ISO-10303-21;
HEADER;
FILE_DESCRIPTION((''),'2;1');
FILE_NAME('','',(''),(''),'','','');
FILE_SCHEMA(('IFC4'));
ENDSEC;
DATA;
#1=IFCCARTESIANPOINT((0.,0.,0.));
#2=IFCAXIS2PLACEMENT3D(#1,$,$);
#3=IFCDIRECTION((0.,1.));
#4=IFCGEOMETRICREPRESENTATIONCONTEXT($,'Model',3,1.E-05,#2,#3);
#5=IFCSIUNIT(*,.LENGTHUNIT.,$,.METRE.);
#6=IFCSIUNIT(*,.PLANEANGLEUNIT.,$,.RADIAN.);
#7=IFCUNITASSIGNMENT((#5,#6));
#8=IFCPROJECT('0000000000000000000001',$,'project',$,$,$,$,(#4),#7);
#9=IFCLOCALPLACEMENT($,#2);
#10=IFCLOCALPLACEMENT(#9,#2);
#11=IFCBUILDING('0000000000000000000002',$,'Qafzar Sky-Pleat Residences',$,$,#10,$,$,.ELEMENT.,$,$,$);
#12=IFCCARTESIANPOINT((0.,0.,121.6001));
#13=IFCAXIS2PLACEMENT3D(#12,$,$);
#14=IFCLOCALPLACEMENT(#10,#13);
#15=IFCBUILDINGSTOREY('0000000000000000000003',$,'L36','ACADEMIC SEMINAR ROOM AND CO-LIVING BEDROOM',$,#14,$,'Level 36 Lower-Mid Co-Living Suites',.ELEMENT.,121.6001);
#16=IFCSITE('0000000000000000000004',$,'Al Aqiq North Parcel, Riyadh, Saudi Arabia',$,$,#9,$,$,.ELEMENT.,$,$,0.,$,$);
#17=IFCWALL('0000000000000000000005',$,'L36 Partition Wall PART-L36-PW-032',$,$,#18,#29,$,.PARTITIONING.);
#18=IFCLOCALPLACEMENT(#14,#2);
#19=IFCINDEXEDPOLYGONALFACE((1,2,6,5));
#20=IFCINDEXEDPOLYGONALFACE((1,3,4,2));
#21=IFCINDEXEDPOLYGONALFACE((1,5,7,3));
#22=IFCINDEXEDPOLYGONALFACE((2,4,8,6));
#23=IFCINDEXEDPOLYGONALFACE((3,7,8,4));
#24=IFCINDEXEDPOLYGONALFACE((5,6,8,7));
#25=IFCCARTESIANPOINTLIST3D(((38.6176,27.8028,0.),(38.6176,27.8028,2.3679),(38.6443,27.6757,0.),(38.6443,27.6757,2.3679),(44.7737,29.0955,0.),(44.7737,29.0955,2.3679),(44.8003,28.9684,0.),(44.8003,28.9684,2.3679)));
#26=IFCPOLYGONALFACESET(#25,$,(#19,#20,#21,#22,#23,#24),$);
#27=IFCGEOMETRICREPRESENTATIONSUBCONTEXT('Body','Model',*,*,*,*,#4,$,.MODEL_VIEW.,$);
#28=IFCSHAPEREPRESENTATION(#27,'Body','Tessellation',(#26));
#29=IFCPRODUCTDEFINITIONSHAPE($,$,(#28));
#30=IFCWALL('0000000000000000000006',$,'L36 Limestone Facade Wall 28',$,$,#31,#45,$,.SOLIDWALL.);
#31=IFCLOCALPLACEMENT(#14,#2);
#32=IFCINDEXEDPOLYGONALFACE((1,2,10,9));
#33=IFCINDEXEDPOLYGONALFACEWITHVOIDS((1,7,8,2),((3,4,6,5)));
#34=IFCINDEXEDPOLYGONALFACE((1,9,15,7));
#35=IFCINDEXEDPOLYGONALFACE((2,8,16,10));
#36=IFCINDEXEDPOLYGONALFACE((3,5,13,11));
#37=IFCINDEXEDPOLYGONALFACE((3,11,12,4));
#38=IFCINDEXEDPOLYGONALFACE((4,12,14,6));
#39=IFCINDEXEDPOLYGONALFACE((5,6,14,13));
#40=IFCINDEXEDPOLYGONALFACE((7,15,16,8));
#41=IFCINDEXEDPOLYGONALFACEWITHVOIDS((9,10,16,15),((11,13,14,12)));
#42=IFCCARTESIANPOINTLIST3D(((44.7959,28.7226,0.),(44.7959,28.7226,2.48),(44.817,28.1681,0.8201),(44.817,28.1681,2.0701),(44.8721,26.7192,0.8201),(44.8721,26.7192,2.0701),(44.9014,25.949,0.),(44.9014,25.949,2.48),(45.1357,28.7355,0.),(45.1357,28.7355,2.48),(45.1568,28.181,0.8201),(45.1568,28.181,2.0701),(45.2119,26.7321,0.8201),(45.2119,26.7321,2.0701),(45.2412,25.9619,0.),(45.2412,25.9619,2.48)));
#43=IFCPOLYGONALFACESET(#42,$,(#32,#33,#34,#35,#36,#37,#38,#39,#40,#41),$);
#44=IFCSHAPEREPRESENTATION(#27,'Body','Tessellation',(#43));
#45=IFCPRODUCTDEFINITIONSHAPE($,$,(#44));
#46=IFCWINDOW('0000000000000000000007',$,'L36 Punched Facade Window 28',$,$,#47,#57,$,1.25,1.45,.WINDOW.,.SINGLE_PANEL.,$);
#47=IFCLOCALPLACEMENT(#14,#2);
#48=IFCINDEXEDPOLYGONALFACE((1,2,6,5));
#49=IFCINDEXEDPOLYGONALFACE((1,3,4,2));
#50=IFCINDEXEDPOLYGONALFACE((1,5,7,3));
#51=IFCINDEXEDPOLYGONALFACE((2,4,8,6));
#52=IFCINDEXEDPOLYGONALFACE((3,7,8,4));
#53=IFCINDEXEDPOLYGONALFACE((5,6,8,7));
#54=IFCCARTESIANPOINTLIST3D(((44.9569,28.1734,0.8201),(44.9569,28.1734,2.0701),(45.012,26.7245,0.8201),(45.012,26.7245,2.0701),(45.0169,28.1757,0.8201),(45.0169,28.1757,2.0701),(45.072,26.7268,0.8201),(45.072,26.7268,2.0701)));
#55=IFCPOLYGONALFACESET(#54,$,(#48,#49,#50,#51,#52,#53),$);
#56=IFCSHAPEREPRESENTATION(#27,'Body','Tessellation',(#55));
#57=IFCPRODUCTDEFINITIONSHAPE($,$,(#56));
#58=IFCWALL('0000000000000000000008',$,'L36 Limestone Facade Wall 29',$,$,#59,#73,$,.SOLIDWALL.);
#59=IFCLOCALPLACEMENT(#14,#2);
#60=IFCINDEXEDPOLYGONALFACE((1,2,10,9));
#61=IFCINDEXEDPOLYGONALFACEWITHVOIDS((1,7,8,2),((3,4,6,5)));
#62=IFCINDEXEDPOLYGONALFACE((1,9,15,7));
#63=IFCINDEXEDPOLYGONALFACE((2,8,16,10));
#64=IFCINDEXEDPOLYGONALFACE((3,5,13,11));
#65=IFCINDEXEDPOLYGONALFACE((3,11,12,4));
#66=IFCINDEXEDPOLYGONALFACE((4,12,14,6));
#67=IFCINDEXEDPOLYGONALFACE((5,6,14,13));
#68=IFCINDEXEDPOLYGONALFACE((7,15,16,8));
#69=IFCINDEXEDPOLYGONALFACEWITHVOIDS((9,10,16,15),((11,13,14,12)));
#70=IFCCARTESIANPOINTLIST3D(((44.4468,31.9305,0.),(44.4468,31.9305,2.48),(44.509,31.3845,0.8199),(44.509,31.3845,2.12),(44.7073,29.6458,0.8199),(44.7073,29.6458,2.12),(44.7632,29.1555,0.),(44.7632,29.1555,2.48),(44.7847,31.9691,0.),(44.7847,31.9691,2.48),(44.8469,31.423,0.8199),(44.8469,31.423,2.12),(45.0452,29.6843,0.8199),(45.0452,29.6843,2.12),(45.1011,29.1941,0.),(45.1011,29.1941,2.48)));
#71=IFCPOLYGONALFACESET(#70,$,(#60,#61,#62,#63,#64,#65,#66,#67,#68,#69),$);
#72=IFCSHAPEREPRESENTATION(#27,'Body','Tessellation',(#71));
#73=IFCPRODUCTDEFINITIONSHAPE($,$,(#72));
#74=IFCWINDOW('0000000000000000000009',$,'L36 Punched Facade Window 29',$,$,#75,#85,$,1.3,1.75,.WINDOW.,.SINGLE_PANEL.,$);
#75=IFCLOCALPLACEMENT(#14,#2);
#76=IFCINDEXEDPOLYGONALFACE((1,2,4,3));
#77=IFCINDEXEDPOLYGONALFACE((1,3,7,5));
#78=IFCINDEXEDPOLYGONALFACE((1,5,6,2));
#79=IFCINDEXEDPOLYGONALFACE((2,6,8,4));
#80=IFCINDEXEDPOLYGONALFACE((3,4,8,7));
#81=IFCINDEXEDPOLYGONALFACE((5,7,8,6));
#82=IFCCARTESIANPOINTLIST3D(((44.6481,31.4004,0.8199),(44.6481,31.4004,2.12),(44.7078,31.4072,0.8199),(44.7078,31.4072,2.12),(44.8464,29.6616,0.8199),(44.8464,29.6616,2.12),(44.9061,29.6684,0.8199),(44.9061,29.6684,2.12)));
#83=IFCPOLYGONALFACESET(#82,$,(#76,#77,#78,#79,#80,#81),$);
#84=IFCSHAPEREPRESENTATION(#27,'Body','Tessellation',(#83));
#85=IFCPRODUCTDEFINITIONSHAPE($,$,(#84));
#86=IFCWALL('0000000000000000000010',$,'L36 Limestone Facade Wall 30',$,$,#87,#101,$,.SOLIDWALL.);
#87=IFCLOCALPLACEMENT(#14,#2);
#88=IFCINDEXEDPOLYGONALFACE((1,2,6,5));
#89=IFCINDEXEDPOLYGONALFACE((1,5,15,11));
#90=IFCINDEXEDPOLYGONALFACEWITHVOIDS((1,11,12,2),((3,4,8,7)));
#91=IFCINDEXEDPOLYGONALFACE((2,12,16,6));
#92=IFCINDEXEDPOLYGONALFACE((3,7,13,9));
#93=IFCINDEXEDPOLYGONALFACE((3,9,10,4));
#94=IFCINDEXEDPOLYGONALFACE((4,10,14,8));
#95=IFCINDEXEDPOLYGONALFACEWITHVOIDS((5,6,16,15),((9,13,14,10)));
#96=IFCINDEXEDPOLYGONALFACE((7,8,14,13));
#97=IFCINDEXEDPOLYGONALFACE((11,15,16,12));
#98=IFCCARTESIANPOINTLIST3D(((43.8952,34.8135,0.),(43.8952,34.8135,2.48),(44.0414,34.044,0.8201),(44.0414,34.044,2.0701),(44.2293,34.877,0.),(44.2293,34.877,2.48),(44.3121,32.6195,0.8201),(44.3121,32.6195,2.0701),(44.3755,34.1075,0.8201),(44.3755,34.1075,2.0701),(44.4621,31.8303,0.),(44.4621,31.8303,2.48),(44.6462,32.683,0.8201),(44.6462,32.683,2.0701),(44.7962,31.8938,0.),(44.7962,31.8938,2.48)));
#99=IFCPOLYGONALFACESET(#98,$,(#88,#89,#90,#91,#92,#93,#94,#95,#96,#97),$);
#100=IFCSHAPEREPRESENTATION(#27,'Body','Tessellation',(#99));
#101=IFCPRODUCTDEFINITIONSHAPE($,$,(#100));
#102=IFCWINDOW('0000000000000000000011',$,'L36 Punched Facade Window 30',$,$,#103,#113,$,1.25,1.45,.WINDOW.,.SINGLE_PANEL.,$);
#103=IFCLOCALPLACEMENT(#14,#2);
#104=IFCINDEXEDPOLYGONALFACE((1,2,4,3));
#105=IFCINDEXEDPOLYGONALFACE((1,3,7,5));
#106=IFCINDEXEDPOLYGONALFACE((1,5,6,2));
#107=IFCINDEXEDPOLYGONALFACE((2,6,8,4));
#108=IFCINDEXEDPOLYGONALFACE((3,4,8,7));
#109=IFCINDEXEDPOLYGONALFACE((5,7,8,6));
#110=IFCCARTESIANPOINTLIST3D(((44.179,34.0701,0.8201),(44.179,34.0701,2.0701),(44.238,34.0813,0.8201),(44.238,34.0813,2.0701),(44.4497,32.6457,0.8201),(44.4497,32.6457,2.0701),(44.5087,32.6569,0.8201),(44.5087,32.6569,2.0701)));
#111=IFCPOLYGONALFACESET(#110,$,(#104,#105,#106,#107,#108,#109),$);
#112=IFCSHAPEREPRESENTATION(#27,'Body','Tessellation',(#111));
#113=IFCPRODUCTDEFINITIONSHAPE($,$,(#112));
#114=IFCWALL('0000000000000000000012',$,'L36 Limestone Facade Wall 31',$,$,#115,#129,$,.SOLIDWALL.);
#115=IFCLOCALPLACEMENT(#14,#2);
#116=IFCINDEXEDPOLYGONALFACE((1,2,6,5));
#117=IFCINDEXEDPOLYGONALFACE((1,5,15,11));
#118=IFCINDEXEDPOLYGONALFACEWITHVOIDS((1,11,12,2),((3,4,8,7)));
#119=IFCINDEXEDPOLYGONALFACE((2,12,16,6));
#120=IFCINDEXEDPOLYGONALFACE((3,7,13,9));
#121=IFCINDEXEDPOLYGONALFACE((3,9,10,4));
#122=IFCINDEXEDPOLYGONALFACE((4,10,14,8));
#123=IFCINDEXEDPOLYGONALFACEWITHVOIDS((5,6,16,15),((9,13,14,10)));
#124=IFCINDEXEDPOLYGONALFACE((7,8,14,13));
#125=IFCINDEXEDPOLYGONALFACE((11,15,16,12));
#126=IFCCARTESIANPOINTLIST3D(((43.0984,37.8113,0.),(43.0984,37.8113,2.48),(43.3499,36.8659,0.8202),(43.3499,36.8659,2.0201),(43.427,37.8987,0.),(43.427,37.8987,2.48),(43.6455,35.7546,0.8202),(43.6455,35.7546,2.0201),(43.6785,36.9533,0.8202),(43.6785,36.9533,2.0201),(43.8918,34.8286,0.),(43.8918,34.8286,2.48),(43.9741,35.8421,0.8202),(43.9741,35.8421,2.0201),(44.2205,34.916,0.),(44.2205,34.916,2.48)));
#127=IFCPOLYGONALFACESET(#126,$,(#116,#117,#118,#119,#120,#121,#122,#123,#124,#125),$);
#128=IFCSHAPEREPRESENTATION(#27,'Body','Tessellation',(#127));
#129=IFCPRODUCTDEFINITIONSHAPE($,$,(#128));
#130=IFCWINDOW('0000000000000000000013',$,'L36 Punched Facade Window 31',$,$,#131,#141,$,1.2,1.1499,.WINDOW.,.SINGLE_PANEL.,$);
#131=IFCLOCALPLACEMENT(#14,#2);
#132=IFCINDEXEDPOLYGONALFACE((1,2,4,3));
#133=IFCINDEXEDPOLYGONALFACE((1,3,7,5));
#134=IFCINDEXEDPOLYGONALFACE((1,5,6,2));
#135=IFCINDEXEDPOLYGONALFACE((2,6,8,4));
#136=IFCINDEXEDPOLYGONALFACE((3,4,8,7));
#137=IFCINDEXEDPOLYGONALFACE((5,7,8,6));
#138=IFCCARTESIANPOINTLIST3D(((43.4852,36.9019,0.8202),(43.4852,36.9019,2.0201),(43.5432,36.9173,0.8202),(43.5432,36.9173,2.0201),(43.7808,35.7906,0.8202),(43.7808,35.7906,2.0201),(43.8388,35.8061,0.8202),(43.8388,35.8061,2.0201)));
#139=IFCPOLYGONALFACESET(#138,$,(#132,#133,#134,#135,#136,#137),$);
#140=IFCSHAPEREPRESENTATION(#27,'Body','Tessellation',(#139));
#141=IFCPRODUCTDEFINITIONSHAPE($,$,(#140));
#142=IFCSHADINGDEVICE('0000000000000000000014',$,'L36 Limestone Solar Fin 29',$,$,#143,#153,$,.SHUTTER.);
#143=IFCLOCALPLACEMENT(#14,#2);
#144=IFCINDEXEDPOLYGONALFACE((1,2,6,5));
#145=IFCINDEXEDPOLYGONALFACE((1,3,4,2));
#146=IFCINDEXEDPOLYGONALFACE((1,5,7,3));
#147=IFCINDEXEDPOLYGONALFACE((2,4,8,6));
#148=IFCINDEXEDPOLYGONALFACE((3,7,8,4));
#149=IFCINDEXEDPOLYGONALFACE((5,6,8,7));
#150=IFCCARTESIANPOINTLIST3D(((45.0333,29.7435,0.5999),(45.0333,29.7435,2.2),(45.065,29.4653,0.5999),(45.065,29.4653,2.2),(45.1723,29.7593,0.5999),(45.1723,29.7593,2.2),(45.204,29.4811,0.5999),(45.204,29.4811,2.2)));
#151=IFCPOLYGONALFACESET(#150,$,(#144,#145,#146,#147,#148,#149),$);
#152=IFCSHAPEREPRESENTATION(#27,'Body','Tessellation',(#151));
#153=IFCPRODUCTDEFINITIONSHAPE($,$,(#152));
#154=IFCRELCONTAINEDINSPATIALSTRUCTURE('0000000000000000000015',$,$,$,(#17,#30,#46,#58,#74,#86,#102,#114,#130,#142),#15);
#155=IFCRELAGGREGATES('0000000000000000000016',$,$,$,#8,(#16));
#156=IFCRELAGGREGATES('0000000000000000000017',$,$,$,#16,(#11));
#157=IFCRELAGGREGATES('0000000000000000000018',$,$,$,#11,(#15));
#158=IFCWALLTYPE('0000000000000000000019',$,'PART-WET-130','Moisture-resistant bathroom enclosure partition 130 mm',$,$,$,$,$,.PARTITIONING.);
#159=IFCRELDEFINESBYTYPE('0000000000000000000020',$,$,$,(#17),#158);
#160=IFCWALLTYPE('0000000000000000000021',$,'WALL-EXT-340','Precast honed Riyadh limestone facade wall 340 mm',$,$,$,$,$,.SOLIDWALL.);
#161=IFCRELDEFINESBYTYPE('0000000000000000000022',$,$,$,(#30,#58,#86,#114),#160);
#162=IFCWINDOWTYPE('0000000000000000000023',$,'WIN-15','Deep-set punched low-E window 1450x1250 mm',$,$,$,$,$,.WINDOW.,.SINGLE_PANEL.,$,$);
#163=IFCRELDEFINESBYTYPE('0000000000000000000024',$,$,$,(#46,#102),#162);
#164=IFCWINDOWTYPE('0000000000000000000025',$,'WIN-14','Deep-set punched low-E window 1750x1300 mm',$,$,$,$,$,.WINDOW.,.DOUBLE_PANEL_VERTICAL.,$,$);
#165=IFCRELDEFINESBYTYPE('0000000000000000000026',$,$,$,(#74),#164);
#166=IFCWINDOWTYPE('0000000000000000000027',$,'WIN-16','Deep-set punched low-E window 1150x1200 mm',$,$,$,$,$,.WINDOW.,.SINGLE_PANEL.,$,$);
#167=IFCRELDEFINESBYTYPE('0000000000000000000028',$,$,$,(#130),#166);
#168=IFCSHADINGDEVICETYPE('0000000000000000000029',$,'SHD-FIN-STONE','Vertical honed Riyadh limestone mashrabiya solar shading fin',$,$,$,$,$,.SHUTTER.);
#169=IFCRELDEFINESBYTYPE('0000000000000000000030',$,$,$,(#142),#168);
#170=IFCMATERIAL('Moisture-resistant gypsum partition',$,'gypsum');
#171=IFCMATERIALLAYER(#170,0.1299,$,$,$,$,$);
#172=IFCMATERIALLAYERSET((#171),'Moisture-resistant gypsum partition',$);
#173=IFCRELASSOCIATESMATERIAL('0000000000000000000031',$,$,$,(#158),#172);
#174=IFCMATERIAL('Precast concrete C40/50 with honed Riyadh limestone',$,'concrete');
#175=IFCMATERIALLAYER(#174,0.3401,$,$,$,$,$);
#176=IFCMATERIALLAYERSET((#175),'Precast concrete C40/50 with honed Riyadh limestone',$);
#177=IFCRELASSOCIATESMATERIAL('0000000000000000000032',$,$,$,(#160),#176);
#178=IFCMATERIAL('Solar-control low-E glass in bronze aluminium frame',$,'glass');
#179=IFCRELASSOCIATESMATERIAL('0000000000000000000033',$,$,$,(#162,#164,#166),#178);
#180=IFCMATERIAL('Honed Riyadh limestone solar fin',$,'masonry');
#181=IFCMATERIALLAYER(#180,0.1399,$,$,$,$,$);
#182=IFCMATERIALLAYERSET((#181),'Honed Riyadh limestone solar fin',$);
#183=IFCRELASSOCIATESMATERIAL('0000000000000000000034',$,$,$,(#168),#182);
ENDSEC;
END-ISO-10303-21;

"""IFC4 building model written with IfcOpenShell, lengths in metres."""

from ifc_helpers import new_model, si_unit, direction, frame, frame_2d, origin, origin_2d, place, context, subcontext, project, spatial, rectangle, extrude, source, transform, mapped, material, layer, layer_set, type_object, element, fill, save


model = new_model("IFC4")

# Units and contexts
model_context = context("Model", 3, precision=1e-05, world=origin(), true_north=direction((0.0, 1.0)))
body_context = subcontext(model_context, "Body", "Model", "MODEL_VIEW")
ifc_project = project(units=[si_unit("LENGTHUNIT", "METRE"), si_unit("PLANEANGLEUNIT", "RADIAN")], contexts=[model_context])

# Site, building, storey
site_placement = place(None, origin())
site = spatial("IfcSite", under=ifc_project, at=site_placement, Name="Al Aqiq North Parcel, Riyadh, Saudi Arabia", CompositionType="ELEMENT", RefElevation=0.0)
building_placement = place(site_placement, origin())
building = spatial("IfcBuilding", under=site, at=building_placement, Name="Qafzar Sky-Pleat Residences", CompositionType="ELEMENT")
storey_placement = place(building_placement, frame((0.0, 0.0, 121.6001)))
storey = spatial("IfcBuildingStorey", under=building, at=storey_placement, Name="L36", Description="ACADEMIC SEMINAR ROOM AND CO-LIVING BEDROOM", LongName="Level 36 Lower-Mid Co-Living Suites", CompositionType="ELEMENT", Elevation=121.6001)

# Wall
ifc_material_1 = material(Name="Moisture-resistant gypsum partition", Category="gypsum")
ifc_layer_1 = layer(ifc_material_1, 0.1299)
ifc_layer_set_1 = layer_set([ifc_layer_1], Name="Moisture-resistant gypsum partition")
wall_type_1 = type_object("IfcWallType", Name="PART-WET-130", Description="Moisture-resistant bathroom enclosure partition 130 mm", PredefinedType="PARTITIONING", material=ifc_layer_set_1)
wall_1_placement = place(storey_placement, frame((38.6311, 27.7393, 0.0), z_axis=(0.0, 0.0, 1.0), x_axis=(0.978655, 0.205512, 0.0)))
element("IfcWall", 1, at=wall_1_placement, inside=storey, type_object=wall_type_1, Name="L36 Partition Wall PART-L36-PW-032", PredefinedType="PARTITIONING", context=body_context, shape_type="SweptSolid", body=[
    extrude(rectangle(XDim=6.2903, YDim=0.1299, at=frame_2d((3.145, 0.0))), origin(), (0.0, 0.0, 1.0), 2.3679),
])

# Walls, openings, windows
ifc_material_2 = material(Name="Precast concrete C40/50 with honed Riyadh limestone", Category="concrete")
ifc_layer_2 = layer(ifc_material_2, 0.3401)
ifc_layer_set_2 = layer_set([ifc_layer_2], Name="Precast concrete C40/50 with honed Riyadh limestone")
wall_type_2 = type_object("IfcWallType", Name="WALL-EXT-340", Description="Precast honed Riyadh limestone facade wall 340 mm", PredefinedType="SOLIDWALL", material=ifc_layer_set_2)
wall_2_placement = place(storey_placement, frame((45.0713, 25.9556, 0.0), z_axis=(0.0, 0.0, 1.0), x_axis=(-0.037997, 0.999278, 0.0)))
wall_2 = element("IfcWall", 2, at=wall_2_placement, inside=storey, type_object=wall_type_2, Name="L36 Limestone Facade Wall 28", PredefinedType="SOLIDWALL", context=body_context, shape_type="SweptSolid", body=[
    extrude(rectangle(XDim=2.7756, YDim=0.3401, at=frame_2d((1.3877, 0.0))), origin(), (0.0, 0.0, 1.0), 2.48),
])
opening_1_placement = place(wall_2_placement, frame((0.7705, 0.0, 0.8201)))
opening_1 = element("IfcOpeningElement", 3, at=opening_1_placement, cuts=wall_2, PredefinedType="OPENING", context=body_context, shape_type="SweptSolid", body=[
    extrude(rectangle(XDim=1.45, YDim=1.25, at=frame_2d((0.7251, 0.625))), frame((0.0, 0.1802, 0.0), z_axis=(0.0, -1.0, 0.0), x_axis=(1.0, 0.0, 0.0)), (0.0, 0.0, 1.0), 0.3601),
])
ifc_material_3 = material(Name="Solar-control low-E glass in bronze aluminium frame", Category="glass")
window_type_1 = type_object("IfcWindowType", Name="WIN-15", Description="Deep-set punched low-E window 1450x1250 mm", PartitioningType="SINGLE_PANEL", PredefinedType="WINDOW", material=ifc_material_3)
shared_shape_1 = source(origin(), body_context, "Body", "SweptSolid", [
    extrude(rectangle(XDim=1.45, YDim=1.25, at=frame_2d((0.7251, 0.625))), frame((0.0, 0.03, 0.0), z_axis=(0.0, -1.0, 0.0), x_axis=(1.0, 0.0, 0.0)), (0.0, 0.0, 1.0), 0.0601),
])
window_1_placement = place(opening_1_placement, origin())
window_1 = element("IfcWindow", 4, at=window_1_placement, inside=storey, type_object=window_type_1, Name="L36 Punched Facade Window 28", OverallHeight=1.25, OverallWidth=1.45, PartitioningType="SINGLE_PANEL", PredefinedType="WINDOW", context=body_context, shape_type="MappedRepresentation", body=[
    mapped(shared_shape_1, transform((0.0, 0.0, 0.0), x_axis=(1.0, 0.0, 0.0), y_axis=(0.0, 1.0, 0.0), z_axis=(0.0, 0.0, 1.0), scale=1.0)),
])
fill(opening_1, window_1)
wall_3_placement = place(storey_placement, frame((44.9321, 29.1748, 0.0), z_axis=(0.0, 0.0, 1.0), x_axis=(-0.11329, 0.993562, 0.0)))
wall_3 = element("IfcWall", 5, at=wall_3_placement, inside=storey, type_object=wall_type_2, Name="L36 Limestone Facade Wall 29", PredefinedType="SOLIDWALL", context=body_context, shape_type="SweptSolid", body=[
    extrude(rectangle(XDim=2.793, YDim=0.3401, at=frame_2d((1.3965, 0.0))), origin(), (0.0, 0.0, 1.0), 2.48),
])
opening_2_placement = place(wall_3_placement, frame((0.4934, 0.0, 0.8201)))
opening_2 = element("IfcOpeningElement", 6, at=opening_2_placement, cuts=wall_3, PredefinedType="OPENING", context=body_context, shape_type="SweptSolid", body=[
    extrude(rectangle(XDim=1.75, YDim=1.3, at=frame_2d((0.875, 0.6499))), frame((0.0, 0.1802, 0.0), z_axis=(0.0, -1.0, 0.0), x_axis=(1.0, 0.0, 0.0)), (0.0, 0.0, 1.0), 0.3601),
])
window_type_2 = type_object("IfcWindowType", Name="WIN-14", Description="Deep-set punched low-E window 1750x1300 mm", PartitioningType="DOUBLE_PANEL_VERTICAL", PredefinedType="WINDOW", material=ifc_material_3)
shared_shape_2 = source(origin(), body_context, "Body", "SweptSolid", [
    extrude(rectangle(XDim=1.75, YDim=1.3, at=frame_2d((0.875, 0.6499))), frame((0.0, 0.03, 0.0), z_axis=(0.0, -1.0, 0.0), x_axis=(1.0, 0.0, 0.0)), (0.0, 0.0, 1.0), 0.0601),
])
window_2_placement = place(opening_2_placement, origin())
window_2 = element("IfcWindow", 7, at=window_2_placement, inside=storey, type_object=window_type_2, Name="L36 Punched Facade Window 29", OverallHeight=1.3, OverallWidth=1.75, PartitioningType="SINGLE_PANEL", PredefinedType="WINDOW", context=body_context, shape_type="MappedRepresentation", body=[
    mapped(shared_shape_2, transform((0.0, 0.0, 0.0), x_axis=(1.0, 0.0, 0.0), y_axis=(0.0, 1.0, 0.0), z_axis=(0.0, 0.0, 1.0), scale=1.0)),
])
fill(opening_2, window_2)
wall_4_placement = place(storey_placement, frame((44.6292, 31.8621, 0.0), z_axis=(0.0, 0.0, 1.0), x_axis=(-0.186691, 0.982419, 0.0)))
wall_4 = element("IfcWall", 8, at=wall_4_placement, inside=storey, type_object=wall_type_2, Name="L36 Limestone Facade Wall 30", PredefinedType="SOLIDWALL", context=body_context, shape_type="SweptSolid", body=[
    extrude(rectangle(XDim=3.0366, YDim=0.3401, at=frame_2d((1.5183, 0.0))), origin(), (0.0, 0.0, 1.0), 2.48),
])
opening_3_placement = place(wall_4_placement, frame((0.8032, 0.0, 0.8201)))
opening_3 = element("IfcOpeningElement", 9, at=opening_3_placement, cuts=wall_4, PredefinedType="OPENING", context=body_context, shape_type="SweptSolid", body=[
    extrude(rectangle(XDim=1.45, YDim=1.25, at=frame_2d((0.7251, 0.625))), frame((0.0, 0.1802, 0.0), z_axis=(0.0, -1.0, 0.0), x_axis=(1.0, 0.0, 0.0)), (0.0, 0.0, 1.0), 0.3601),
])
window_3_placement = place(opening_3_placement, origin())
window_3 = element("IfcWindow", 10, at=window_3_placement, inside=storey, type_object=window_type_1, Name="L36 Punched Facade Window 30", OverallHeight=1.25, OverallWidth=1.45, PartitioningType="SINGLE_PANEL", PredefinedType="WINDOW", context=body_context, shape_type="MappedRepresentation", body=[
    mapped(shared_shape_1, transform((0.0, 0.0, 0.0), x_axis=(1.0, 0.0, 0.0), y_axis=(0.0, 1.0, 0.0), z_axis=(0.0, 0.0, 1.0), scale=1.0)),
])
fill(opening_3, window_3)
wall_5_placement = place(storey_placement, frame((44.0562, 34.8723, 0.0), z_axis=(0.0, 0.0, 1.0), x_axis=(-0.257082, 0.96639, 0.0)))
wall_5 = element("IfcWall", 11, at=wall_5_placement, inside=storey, type_object=wall_type_2, Name="L36 Limestone Facade Wall 31", PredefinedType="SOLIDWALL", context=body_context, shape_type="SweptSolid", body=[
    extrude(rectangle(XDim=3.0864, YDim=0.3401, at=frame_2d((1.5432, 0.0))), origin(), (0.0, 0.0, 1.0), 2.48),
])
opening_4_placement = place(wall_5_placement, frame((0.9583, 0.0, 0.8201)))
opening_4 = element("IfcOpeningElement", 12, at=opening_4_placement, cuts=wall_5, PredefinedType="OPENING", context=body_context, shape_type="SweptSolid", body=[
    extrude(rectangle(XDim=1.1499, YDim=1.2, at=frame_2d((0.575, 0.6001))), frame((0.0, 0.1802, 0.0), z_axis=(0.0, -1.0, 0.0), x_axis=(1.0, 0.0, 0.0)), (0.0, 0.0, 1.0), 0.3601),
])
window_type_3 = type_object("IfcWindowType", Name="WIN-16", Description="Deep-set punched low-E window 1150x1200 mm", PartitioningType="SINGLE_PANEL", PredefinedType="WINDOW", material=ifc_material_3)
shared_shape_3 = source(origin(), body_context, "Body", "SweptSolid", [
    extrude(rectangle(XDim=1.1499, YDim=1.2, at=frame_2d((0.575, 0.6001))), frame((0.0, 0.03, 0.0), z_axis=(0.0, -1.0, 0.0), x_axis=(1.0, 0.0, 0.0)), (0.0, 0.0, 1.0), 0.0601),
])
window_4_placement = place(opening_4_placement, origin())
window_4 = element("IfcWindow", 13, at=window_4_placement, inside=storey, type_object=window_type_3, Name="L36 Punched Facade Window 31", OverallHeight=1.2, OverallWidth=1.1499, PartitioningType="SINGLE_PANEL", PredefinedType="WINDOW", context=body_context, shape_type="MappedRepresentation", body=[
    mapped(shared_shape_3, transform((0.0, 0.0, 0.0), x_axis=(1.0, 0.0, 0.0), y_axis=(0.0, 1.0, 0.0), z_axis=(0.0, 0.0, 1.0), scale=1.0)),
])
fill(opening_4, window_4)

# Shading device
ifc_material_4 = material(Name="Honed Riyadh limestone solar fin", Category="masonry")
ifc_layer_3 = layer(ifc_material_4, 0.1399)
ifc_layer_set_3 = layer_set([ifc_layer_3], Name="Honed Riyadh limestone solar fin")
shading_device_type = type_object("IfcShadingDeviceType", Name="SHD-FIN-STONE", Description="Vertical honed Riyadh limestone mashrabiya solar shading fin", PredefinedType="SHUTTER", material=ifc_layer_set_3)
shared_shape_4 = source(origin(), body_context, "Body", "SweptSolid", [
    extrude(rectangle(XDim=0.1399, YDim=0.28, at=origin_2d()), origin(), (0.0, 0.0, 1.0), 1.6001),
])
shading_device_placement = place(storey_placement, frame((45.1187, 29.6123, 0.5999), z_axis=(0.0, 0.0, 1.0), x_axis=(0.993564, 0.113274, 0.0)))
element("IfcShadingDevice", 14, at=shading_device_placement, inside=storey, type_object=shading_device_type, Name="L36 Limestone Solar Fin 29", PredefinedType="SHUTTER", context=body_context, shape_type="MappedRepresentation", body=[
    mapped(shared_shape_4, transform((0.0, 0.0, 0.0), x_axis=(1.0, 0.0, 0.0), y_axis=(0.0, 1.0, 0.0), z_axis=(0.0, 0.0, 1.0), scale=1.0)),
])

save(model, "model.ifc")
